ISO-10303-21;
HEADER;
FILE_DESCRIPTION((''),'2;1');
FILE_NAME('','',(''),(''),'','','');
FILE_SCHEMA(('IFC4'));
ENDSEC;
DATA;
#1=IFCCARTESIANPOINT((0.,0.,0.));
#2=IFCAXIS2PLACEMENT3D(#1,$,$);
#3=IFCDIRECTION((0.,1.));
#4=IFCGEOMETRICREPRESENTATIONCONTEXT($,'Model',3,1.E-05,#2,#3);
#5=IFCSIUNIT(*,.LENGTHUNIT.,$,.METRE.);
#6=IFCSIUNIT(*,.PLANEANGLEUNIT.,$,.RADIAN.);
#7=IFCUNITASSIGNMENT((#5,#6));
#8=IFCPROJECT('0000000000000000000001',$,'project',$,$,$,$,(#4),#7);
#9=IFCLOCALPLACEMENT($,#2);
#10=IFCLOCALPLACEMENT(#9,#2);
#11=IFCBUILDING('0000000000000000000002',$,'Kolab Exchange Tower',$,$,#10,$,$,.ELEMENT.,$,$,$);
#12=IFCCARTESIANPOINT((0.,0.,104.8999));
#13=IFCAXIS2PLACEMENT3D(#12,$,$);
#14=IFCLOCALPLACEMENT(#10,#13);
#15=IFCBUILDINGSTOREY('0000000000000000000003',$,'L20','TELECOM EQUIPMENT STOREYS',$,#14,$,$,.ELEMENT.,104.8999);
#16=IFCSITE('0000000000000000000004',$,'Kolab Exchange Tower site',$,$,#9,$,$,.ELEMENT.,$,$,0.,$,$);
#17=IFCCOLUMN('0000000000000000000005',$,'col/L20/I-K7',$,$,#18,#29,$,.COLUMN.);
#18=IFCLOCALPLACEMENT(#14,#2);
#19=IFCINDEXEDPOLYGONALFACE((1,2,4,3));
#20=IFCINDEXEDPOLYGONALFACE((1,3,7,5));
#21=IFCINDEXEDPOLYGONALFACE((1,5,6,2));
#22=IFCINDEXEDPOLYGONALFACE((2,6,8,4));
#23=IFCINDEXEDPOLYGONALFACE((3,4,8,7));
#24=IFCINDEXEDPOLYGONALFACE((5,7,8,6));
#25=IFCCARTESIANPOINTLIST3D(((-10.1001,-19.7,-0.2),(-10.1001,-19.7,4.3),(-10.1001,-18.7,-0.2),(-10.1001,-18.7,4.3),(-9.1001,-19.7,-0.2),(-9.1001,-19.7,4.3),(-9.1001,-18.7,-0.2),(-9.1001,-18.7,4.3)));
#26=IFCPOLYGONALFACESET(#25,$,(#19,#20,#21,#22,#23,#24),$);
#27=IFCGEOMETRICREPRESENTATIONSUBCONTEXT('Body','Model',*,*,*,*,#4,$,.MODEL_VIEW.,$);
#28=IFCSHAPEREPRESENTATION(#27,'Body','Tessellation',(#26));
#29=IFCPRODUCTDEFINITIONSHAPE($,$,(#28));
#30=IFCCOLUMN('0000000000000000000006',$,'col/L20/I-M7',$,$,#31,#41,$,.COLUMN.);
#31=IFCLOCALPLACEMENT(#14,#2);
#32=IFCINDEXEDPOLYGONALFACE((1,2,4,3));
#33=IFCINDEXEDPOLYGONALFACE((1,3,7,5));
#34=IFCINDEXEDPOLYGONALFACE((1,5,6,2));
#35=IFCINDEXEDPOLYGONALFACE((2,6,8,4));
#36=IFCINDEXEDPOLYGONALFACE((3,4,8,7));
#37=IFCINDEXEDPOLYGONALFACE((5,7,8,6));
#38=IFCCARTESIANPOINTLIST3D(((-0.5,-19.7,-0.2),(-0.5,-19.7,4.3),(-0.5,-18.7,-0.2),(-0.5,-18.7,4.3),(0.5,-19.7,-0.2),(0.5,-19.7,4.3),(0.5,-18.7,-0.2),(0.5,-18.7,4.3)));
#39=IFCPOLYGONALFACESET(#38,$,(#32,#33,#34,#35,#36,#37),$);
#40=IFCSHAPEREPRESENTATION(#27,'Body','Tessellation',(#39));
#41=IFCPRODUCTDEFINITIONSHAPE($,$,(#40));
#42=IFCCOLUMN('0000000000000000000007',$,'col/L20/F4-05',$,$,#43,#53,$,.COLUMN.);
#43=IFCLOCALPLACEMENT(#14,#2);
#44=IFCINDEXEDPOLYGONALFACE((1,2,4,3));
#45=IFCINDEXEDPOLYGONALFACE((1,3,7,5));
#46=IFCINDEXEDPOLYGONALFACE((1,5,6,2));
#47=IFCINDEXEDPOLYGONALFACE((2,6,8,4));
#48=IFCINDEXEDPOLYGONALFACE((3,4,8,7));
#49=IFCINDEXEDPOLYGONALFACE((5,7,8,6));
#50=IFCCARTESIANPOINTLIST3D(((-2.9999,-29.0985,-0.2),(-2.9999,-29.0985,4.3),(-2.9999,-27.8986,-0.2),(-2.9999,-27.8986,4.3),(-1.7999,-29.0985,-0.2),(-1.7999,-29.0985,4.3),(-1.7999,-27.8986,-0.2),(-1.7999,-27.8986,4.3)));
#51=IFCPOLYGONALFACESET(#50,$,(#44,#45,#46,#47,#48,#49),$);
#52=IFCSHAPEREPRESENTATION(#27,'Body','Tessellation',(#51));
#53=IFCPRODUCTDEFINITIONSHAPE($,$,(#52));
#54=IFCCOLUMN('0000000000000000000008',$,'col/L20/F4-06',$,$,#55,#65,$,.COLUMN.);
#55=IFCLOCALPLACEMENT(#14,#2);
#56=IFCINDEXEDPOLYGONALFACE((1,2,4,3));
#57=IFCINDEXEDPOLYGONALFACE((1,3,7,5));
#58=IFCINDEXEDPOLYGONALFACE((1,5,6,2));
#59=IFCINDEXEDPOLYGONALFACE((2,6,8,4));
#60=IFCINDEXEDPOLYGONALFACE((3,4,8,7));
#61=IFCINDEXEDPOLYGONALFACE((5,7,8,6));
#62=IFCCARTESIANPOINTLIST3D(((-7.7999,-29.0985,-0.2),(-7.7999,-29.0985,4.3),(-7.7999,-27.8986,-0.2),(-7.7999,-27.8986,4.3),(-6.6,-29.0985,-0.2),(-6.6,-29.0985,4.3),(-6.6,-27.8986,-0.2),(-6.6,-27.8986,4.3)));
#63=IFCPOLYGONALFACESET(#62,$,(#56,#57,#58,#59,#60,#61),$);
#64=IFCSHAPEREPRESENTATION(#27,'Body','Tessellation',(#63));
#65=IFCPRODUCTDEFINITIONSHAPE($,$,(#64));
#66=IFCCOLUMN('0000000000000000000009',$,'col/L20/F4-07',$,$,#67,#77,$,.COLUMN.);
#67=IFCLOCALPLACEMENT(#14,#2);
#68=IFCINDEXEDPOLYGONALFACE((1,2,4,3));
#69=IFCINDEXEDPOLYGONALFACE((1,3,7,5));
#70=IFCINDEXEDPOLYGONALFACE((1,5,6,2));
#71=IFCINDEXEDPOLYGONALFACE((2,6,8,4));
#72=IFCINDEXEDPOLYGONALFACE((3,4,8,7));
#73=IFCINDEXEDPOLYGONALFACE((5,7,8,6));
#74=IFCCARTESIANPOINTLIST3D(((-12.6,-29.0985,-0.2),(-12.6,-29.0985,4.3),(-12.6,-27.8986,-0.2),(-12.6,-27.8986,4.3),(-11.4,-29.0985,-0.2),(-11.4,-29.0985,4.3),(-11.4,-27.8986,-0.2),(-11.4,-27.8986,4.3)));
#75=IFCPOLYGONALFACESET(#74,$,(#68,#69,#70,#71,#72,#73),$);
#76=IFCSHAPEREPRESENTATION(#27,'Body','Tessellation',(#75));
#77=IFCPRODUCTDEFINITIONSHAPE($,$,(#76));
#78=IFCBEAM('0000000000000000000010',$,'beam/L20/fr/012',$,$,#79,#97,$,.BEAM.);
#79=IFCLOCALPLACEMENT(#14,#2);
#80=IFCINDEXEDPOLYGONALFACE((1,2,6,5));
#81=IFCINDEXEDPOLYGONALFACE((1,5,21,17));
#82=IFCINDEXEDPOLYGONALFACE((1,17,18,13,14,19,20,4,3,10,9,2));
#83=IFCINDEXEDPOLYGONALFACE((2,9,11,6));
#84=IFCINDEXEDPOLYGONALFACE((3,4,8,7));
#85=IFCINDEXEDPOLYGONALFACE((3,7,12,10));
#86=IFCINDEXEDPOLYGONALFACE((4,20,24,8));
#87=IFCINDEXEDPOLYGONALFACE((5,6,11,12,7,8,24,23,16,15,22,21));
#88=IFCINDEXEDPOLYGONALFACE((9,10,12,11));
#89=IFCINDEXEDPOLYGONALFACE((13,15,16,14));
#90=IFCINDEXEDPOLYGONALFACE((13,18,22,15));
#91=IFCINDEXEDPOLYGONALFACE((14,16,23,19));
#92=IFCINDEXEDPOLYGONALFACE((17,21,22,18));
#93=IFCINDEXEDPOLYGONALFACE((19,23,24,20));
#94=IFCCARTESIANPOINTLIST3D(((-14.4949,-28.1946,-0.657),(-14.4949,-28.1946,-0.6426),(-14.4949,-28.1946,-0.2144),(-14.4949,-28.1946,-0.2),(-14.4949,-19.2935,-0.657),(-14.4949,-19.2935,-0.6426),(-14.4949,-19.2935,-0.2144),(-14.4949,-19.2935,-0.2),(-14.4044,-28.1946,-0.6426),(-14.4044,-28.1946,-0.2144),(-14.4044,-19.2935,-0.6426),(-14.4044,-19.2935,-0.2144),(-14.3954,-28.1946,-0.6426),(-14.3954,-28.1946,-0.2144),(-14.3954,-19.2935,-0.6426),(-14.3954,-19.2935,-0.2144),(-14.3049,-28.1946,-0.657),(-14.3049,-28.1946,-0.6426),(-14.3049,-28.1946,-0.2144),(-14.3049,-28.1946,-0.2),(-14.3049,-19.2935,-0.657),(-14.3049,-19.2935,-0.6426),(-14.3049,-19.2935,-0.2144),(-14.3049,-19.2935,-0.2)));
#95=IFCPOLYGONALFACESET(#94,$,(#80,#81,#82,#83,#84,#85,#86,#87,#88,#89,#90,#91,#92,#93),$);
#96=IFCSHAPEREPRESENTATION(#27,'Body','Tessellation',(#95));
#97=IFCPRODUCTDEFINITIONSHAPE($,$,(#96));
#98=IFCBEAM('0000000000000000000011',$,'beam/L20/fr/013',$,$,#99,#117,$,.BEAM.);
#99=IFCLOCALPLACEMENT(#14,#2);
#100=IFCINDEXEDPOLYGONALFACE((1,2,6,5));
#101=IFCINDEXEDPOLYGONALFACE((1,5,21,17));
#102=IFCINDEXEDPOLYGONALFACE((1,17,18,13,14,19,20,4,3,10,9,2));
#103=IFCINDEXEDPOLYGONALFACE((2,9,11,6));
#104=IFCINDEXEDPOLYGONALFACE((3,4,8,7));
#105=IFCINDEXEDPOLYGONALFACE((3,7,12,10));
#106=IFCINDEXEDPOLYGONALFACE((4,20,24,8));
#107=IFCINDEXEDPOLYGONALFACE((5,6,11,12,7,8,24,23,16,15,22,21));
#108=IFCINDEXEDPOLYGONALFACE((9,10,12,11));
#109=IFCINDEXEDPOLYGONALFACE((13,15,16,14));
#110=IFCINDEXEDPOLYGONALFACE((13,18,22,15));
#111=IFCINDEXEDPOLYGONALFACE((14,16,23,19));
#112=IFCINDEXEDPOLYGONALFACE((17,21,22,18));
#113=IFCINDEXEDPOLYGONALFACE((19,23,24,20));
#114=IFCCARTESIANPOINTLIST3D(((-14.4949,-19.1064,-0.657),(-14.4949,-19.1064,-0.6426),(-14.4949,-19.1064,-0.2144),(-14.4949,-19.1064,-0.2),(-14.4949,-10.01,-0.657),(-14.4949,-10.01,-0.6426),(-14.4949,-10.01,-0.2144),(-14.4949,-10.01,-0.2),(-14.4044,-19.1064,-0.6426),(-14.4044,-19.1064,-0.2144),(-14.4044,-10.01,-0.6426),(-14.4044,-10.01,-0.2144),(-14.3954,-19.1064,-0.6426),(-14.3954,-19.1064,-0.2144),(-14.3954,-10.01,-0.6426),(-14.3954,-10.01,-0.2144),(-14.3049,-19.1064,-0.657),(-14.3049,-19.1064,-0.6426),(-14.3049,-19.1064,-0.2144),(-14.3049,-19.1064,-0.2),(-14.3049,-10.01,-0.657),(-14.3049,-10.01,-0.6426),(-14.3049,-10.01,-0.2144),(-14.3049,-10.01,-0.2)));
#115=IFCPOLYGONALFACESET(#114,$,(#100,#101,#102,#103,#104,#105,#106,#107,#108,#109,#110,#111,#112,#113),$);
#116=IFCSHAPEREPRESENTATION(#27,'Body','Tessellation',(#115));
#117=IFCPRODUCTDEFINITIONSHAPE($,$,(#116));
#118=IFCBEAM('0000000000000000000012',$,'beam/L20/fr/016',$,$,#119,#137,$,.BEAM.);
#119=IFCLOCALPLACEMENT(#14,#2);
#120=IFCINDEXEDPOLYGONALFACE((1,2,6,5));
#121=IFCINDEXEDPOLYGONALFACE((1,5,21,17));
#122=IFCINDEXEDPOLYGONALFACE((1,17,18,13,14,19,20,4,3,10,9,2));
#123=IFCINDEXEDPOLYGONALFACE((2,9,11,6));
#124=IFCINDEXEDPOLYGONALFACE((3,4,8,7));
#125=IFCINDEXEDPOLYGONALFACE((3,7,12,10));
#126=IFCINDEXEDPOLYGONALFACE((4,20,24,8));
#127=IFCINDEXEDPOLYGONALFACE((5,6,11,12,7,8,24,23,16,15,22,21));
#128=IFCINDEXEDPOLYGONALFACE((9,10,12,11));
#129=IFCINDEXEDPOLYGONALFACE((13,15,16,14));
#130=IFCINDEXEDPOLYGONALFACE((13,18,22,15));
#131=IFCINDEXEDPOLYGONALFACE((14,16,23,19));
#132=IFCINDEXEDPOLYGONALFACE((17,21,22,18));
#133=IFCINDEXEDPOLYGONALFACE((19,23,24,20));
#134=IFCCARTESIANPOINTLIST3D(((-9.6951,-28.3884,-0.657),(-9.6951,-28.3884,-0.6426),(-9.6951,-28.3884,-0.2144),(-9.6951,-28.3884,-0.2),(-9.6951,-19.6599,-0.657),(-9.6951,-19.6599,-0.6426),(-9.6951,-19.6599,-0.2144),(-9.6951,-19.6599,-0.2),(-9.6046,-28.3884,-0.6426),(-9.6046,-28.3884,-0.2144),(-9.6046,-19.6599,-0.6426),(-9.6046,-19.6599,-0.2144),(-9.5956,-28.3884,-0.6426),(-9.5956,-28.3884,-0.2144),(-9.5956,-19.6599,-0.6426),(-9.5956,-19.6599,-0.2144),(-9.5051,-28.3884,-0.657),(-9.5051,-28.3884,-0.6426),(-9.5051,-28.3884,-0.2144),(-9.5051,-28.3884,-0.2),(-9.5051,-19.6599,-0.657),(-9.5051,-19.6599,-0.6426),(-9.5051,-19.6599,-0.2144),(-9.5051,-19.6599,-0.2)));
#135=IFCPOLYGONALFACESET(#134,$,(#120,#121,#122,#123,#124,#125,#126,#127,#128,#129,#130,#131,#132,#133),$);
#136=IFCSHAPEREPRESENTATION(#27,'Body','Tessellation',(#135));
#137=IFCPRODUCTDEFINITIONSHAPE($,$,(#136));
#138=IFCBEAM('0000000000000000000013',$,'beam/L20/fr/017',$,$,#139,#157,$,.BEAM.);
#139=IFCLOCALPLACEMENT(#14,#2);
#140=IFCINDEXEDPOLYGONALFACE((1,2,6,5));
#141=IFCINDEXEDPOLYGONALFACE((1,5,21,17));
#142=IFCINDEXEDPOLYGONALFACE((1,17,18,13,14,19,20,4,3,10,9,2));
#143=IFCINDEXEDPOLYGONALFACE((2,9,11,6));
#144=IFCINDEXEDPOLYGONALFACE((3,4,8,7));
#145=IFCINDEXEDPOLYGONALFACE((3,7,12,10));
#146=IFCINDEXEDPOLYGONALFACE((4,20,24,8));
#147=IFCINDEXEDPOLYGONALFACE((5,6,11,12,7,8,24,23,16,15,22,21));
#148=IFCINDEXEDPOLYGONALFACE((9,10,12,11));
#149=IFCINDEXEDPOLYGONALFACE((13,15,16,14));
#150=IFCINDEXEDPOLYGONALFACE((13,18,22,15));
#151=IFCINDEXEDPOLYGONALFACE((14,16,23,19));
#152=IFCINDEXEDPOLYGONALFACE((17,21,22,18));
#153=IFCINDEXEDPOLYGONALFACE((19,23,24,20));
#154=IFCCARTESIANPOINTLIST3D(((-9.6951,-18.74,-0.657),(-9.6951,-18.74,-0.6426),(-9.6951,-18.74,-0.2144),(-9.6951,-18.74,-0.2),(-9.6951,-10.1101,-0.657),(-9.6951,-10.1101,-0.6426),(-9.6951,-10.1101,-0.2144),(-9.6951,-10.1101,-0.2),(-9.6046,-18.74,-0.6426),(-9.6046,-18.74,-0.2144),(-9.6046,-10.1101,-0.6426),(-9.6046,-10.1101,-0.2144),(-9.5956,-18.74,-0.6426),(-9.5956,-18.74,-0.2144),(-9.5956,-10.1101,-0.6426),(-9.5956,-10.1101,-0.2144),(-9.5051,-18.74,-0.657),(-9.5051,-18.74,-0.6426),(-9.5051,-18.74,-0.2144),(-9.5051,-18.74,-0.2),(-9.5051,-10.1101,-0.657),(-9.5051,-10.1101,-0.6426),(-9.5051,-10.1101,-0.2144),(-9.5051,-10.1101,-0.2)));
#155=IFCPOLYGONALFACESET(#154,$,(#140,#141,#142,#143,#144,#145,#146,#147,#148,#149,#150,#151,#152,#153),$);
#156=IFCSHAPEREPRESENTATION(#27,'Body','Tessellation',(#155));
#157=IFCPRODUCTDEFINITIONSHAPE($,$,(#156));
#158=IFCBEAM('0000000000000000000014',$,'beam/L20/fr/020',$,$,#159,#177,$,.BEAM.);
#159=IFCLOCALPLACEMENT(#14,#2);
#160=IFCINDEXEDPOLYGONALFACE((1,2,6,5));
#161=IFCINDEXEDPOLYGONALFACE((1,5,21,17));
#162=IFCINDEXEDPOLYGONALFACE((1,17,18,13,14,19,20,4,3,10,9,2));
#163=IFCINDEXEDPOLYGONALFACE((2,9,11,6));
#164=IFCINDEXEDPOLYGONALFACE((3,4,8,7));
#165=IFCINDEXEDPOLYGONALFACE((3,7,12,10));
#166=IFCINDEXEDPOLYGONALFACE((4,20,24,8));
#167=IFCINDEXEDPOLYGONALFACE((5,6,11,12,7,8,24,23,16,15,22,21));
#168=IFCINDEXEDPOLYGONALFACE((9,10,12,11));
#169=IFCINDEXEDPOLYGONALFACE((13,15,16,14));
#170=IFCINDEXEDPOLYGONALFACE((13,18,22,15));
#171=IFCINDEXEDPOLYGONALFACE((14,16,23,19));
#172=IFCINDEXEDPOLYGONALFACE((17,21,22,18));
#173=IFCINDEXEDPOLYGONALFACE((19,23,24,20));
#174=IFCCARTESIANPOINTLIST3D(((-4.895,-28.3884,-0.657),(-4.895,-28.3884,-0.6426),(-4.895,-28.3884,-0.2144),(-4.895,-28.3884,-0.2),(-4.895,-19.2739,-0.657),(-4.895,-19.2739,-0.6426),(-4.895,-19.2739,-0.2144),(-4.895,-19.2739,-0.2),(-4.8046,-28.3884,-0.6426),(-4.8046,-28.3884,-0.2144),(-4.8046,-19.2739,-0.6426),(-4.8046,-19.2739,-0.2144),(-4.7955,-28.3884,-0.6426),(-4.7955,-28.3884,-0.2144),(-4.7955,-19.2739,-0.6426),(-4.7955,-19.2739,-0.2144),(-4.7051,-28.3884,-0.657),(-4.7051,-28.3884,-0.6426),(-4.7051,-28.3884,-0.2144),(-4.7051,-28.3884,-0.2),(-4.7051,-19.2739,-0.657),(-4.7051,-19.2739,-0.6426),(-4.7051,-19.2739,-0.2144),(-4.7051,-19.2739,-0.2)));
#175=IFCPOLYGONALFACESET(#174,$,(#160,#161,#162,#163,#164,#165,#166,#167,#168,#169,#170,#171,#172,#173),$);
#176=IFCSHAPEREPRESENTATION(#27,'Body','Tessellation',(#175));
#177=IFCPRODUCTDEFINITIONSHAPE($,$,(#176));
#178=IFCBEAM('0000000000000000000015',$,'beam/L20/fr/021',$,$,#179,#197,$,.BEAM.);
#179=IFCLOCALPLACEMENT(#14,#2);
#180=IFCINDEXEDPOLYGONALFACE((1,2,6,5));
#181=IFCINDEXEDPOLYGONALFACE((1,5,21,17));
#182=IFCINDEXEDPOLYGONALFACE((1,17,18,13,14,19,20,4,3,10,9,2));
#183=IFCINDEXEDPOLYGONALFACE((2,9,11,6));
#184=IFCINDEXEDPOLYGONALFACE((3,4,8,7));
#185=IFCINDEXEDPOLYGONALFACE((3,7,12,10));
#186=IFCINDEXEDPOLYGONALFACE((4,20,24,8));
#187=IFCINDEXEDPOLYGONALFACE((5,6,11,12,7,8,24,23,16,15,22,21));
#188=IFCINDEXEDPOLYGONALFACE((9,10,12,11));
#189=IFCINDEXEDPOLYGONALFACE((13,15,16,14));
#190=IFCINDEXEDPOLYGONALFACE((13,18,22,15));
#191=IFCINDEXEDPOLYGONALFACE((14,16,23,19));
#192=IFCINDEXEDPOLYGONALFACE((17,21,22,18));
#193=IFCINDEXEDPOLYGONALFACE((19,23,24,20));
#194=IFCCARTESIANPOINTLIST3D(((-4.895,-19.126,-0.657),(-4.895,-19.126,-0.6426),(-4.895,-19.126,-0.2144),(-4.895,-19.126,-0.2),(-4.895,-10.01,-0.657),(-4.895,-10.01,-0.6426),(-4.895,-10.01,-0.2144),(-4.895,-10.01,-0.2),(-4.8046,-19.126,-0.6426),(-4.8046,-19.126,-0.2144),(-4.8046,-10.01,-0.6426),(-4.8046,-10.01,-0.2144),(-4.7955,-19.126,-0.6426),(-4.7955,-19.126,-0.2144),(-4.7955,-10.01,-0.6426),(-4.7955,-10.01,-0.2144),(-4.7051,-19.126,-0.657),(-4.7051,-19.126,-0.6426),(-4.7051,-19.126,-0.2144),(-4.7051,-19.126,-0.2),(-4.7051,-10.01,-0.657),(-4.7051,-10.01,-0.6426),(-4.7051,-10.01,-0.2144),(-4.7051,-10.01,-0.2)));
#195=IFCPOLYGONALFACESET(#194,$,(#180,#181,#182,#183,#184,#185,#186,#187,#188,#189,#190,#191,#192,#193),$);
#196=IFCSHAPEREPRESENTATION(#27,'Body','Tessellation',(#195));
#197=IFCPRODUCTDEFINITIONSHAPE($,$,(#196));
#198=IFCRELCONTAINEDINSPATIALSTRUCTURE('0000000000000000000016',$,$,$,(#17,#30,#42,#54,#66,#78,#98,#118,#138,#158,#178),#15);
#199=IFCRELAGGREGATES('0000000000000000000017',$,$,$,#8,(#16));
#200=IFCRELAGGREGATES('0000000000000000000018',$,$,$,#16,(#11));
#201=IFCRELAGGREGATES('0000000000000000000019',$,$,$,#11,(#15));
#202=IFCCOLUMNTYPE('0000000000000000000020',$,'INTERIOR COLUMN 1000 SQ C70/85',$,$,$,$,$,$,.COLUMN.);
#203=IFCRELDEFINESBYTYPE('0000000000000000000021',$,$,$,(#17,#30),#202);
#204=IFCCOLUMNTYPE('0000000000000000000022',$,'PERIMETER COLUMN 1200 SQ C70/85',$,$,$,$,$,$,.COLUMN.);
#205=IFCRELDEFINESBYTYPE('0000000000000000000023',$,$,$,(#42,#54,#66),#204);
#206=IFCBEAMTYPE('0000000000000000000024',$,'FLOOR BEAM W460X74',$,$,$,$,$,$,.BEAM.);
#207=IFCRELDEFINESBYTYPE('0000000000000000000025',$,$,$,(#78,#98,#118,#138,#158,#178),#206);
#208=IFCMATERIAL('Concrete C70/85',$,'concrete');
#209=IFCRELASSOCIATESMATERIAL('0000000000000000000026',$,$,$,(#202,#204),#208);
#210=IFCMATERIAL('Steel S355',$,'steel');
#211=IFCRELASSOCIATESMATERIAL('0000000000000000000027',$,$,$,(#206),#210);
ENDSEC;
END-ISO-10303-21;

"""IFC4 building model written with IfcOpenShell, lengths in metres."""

from ifc_helpers import new_model, si_unit, direction, frame, origin, origin_2d, place, context, subcontext, project, spatial, rectangle, i_section, extrude, material, material_profile, profile_set, type_object, element, save


model = new_model("IFC4")

# Units and contexts
model_context = context("Model", 3, precision=1e-05, world=origin(), true_north=direction((0.0, 1.0)))
body_context = subcontext(model_context, "Body", "Model", "MODEL_VIEW")
ifc_project = project(units=[si_unit("LENGTHUNIT", "METRE"), si_unit("PLANEANGLEUNIT", "RADIAN")], contexts=[model_context])

# Site, building, storey
site_placement = place(None, origin())
site = spatial("IfcSite", under=ifc_project, at=site_placement, Name="Kolab Exchange Tower site", CompositionType="ELEMENT", RefElevation=0.0)
building_placement = place(site_placement, origin())
building = spatial("IfcBuilding", under=site, at=building_placement, Name="Kolab Exchange Tower", CompositionType="ELEMENT")
storey_placement = place(building_placement, frame((0.0, 0.0, 104.8999)))
storey = spatial("IfcBuildingStorey", under=building, at=storey_placement, Name="L20", Description="TELECOM EQUIPMENT STOREYS", CompositionType="ELEMENT", Elevation=104.8999)

# Columns
ifc_material_1 = material(Name="Concrete C70/85", Category="concrete")
ifc_material_profile_1 = material_profile(ifc_material_1, rectangle(XDim=1.0, YDim=1.0, at=origin_2d()), Name="RC1000")
ifc_profile_set_1 = profile_set([ifc_material_profile_1], Name="Concrete C70/85")
column_type_1 = type_object("IfcColumnType", Name="INTERIOR COLUMN 1000 SQ C70/85", PredefinedType="COLUMN", material=ifc_profile_set_1)
for number, where, z_axis, x_axis, name in (
    (1, (-9.6001, -19.2, -0.2), (0.0, 0.0, 1.0), (1.0, 0.0, 0.0), "col/L20/I-K7"),
    (2, (0.0, -19.2, -0.2), (0.0, 0.0, 1.0), (1.0, 0.0, 0.0), "col/L20/I-M7"),
):
    element("IfcColumn", number, at=place(storey_placement, frame(where, z_axis=z_axis, x_axis=x_axis)), inside=storey, type_object=column_type_1, Name=name, PredefinedType="COLUMN", context=body_context, shape_type="SweptSolid", body=[
        extrude(rectangle(XDim=1.0, YDim=1.0, at=origin_2d()), origin(), (0.0, 0.0, 1.0), 4.5),
    ])
ifc_material_profile_2 = material_profile(ifc_material_1, rectangle(XDim=1.2, YDim=1.2, at=origin_2d()), Name="RC1200")
ifc_profile_set_2 = profile_set([ifc_material_profile_2], Name="Concrete C70/85")
column_type_2 = type_object("IfcColumnType", Name="PERIMETER COLUMN 1200 SQ C70/85", PredefinedType="COLUMN", material=ifc_profile_set_2)
for number, where, z_axis, x_axis, name in (
    (3, (-2.3999, -28.4985, -0.2), (0.0, 0.0, 1.0), (1.0, 0.0, 0.0), "col/L20/F4-05"),
    (4, (-7.2, -28.4985, -0.2), (0.0, 0.0, 1.0), (1.0, 0.0, 0.0), "col/L20/F4-06"),
    (5, (-12.0, -28.4985, -0.2), (0.0, 0.0, 1.0), (1.0, 0.0, 0.0), "col/L20/F4-07"),
):
    element("IfcColumn", number, at=place(storey_placement, frame(where, z_axis=z_axis, x_axis=x_axis)), inside=storey, type_object=column_type_2, Name=name, PredefinedType="COLUMN", context=body_context, shape_type="SweptSolid", body=[
        extrude(rectangle(XDim=1.2, YDim=1.2, at=origin_2d()), origin(), (0.0, 0.0, 1.0), 4.5),
    ])

# Beams
ifc_material_2 = material(Name="Steel S355", Category="steel")
ifc_material_profile_3 = material_profile(ifc_material_2, i_section(OverallWidth=0.1899, OverallDepth=0.457, WebThickness=0.009, FlangeThickness=0.0144, at=origin_2d()), Name="W460X74")
ifc_profile_set_3 = profile_set([ifc_material_profile_3], Name="Steel S355")
beam_type_1 = type_object("IfcBeamType", Name="FLOOR BEAM W460X74", PredefinedType="BEAM", material=ifc_profile_set_3)
beam_1_placement = place(storey_placement, frame((-14.3999, -28.1946, -0.4285), z_axis=(0.0, 1.0, 0.0), x_axis=(-1.0, 0.0, 0.0)))
element("IfcBeam", 6, at=beam_1_placement, inside=storey, type_object=beam_type_1, Name="beam/L20/fr/012", PredefinedType="BEAM", context=body_context, shape_type="SweptSolid", body=[
    extrude(i_section(OverallWidth=0.1899, OverallDepth=0.457, WebThickness=0.009, FlangeThickness=0.0144, at=origin_2d()), origin(), (0.0, 0.0, 1.0), 8.9011),
])
beam_2_placement = place(storey_placement, frame((-14.3999, -19.1064, -0.4285), z_axis=(0.0, 1.0, 0.0), x_axis=(-1.0, 0.0, 0.0)))
element("IfcBeam", 7, at=beam_2_placement, inside=storey, type_object=beam_type_1, Name="beam/L20/fr/013", PredefinedType="BEAM", context=body_context, shape_type="SweptSolid", body=[
    extrude(i_section(OverallWidth=0.1899, OverallDepth=0.457, WebThickness=0.009, FlangeThickness=0.0144, at=origin_2d()), origin(), (0.0, 0.0, 1.0), 9.0964),
])
beam_3_placement = place(storey_placement, frame((-9.6001, -28.3884, -0.4285), z_axis=(0.0, 1.0, 0.0), x_axis=(-1.0, 0.0, 0.0)))
element("IfcBeam", 8, at=beam_3_placement, inside=storey, type_object=beam_type_1, Name="beam/L20/fr/016", PredefinedType="BEAM", context=body_context, shape_type="SweptSolid", body=[
    extrude(i_section(OverallWidth=0.1899, OverallDepth=0.457, WebThickness=0.009, FlangeThickness=0.0144, at=origin_2d()), origin(), (0.0, 0.0, 1.0), 8.7285),
])
beam_4_placement = place(storey_placement, frame((-9.6001, -18.74, -0.4285), z_axis=(0.0, 1.0, 0.0), x_axis=(-1.0, 0.0, 0.0)))
element("IfcBeam", 9, at=beam_4_placement, inside=storey, type_object=beam_type_1, Name="beam/L20/fr/017", PredefinedType="BEAM", context=body_context, shape_type="SweptSolid", body=[
    extrude(i_section(OverallWidth=0.1899, OverallDepth=0.457, WebThickness=0.009, FlangeThickness=0.0144, at=origin_2d()), origin(), (0.0, 0.0, 1.0), 8.6299),
])
beam_5_placement = place(storey_placement, frame((-4.8, -28.3884, -0.4285), z_axis=(0.0, 1.0, 0.0), x_axis=(-1.0, 0.0, 0.0)))
element("IfcBeam", 10, at=beam_5_placement, inside=storey, type_object=beam_type_1, Name="beam/L20/fr/020", PredefinedType="BEAM", context=body_context, shape_type="SweptSolid", body=[
    extrude(i_section(OverallWidth=0.1899, OverallDepth=0.457, WebThickness=0.009, FlangeThickness=0.0144, at=origin_2d()), origin(), (0.0, 0.0, 1.0), 9.1145),
])
beam_6_placement = place(storey_placement, frame((-4.8, -19.126, -0.4285), z_axis=(0.0, 1.0, 0.0), x_axis=(-1.0, 0.0, 0.0)))
element("IfcBeam", 11, at=beam_6_placement, inside=storey, type_object=beam_type_1, Name="beam/L20/fr/021", PredefinedType="BEAM", context=body_context, shape_type="SweptSolid", body=[
    extrude(i_section(OverallWidth=0.1899, OverallDepth=0.457, WebThickness=0.009, FlangeThickness=0.0144, at=origin_2d()), origin(), (0.0, 0.0, 1.0), 9.116),
])

save(model, "model.ifc")
